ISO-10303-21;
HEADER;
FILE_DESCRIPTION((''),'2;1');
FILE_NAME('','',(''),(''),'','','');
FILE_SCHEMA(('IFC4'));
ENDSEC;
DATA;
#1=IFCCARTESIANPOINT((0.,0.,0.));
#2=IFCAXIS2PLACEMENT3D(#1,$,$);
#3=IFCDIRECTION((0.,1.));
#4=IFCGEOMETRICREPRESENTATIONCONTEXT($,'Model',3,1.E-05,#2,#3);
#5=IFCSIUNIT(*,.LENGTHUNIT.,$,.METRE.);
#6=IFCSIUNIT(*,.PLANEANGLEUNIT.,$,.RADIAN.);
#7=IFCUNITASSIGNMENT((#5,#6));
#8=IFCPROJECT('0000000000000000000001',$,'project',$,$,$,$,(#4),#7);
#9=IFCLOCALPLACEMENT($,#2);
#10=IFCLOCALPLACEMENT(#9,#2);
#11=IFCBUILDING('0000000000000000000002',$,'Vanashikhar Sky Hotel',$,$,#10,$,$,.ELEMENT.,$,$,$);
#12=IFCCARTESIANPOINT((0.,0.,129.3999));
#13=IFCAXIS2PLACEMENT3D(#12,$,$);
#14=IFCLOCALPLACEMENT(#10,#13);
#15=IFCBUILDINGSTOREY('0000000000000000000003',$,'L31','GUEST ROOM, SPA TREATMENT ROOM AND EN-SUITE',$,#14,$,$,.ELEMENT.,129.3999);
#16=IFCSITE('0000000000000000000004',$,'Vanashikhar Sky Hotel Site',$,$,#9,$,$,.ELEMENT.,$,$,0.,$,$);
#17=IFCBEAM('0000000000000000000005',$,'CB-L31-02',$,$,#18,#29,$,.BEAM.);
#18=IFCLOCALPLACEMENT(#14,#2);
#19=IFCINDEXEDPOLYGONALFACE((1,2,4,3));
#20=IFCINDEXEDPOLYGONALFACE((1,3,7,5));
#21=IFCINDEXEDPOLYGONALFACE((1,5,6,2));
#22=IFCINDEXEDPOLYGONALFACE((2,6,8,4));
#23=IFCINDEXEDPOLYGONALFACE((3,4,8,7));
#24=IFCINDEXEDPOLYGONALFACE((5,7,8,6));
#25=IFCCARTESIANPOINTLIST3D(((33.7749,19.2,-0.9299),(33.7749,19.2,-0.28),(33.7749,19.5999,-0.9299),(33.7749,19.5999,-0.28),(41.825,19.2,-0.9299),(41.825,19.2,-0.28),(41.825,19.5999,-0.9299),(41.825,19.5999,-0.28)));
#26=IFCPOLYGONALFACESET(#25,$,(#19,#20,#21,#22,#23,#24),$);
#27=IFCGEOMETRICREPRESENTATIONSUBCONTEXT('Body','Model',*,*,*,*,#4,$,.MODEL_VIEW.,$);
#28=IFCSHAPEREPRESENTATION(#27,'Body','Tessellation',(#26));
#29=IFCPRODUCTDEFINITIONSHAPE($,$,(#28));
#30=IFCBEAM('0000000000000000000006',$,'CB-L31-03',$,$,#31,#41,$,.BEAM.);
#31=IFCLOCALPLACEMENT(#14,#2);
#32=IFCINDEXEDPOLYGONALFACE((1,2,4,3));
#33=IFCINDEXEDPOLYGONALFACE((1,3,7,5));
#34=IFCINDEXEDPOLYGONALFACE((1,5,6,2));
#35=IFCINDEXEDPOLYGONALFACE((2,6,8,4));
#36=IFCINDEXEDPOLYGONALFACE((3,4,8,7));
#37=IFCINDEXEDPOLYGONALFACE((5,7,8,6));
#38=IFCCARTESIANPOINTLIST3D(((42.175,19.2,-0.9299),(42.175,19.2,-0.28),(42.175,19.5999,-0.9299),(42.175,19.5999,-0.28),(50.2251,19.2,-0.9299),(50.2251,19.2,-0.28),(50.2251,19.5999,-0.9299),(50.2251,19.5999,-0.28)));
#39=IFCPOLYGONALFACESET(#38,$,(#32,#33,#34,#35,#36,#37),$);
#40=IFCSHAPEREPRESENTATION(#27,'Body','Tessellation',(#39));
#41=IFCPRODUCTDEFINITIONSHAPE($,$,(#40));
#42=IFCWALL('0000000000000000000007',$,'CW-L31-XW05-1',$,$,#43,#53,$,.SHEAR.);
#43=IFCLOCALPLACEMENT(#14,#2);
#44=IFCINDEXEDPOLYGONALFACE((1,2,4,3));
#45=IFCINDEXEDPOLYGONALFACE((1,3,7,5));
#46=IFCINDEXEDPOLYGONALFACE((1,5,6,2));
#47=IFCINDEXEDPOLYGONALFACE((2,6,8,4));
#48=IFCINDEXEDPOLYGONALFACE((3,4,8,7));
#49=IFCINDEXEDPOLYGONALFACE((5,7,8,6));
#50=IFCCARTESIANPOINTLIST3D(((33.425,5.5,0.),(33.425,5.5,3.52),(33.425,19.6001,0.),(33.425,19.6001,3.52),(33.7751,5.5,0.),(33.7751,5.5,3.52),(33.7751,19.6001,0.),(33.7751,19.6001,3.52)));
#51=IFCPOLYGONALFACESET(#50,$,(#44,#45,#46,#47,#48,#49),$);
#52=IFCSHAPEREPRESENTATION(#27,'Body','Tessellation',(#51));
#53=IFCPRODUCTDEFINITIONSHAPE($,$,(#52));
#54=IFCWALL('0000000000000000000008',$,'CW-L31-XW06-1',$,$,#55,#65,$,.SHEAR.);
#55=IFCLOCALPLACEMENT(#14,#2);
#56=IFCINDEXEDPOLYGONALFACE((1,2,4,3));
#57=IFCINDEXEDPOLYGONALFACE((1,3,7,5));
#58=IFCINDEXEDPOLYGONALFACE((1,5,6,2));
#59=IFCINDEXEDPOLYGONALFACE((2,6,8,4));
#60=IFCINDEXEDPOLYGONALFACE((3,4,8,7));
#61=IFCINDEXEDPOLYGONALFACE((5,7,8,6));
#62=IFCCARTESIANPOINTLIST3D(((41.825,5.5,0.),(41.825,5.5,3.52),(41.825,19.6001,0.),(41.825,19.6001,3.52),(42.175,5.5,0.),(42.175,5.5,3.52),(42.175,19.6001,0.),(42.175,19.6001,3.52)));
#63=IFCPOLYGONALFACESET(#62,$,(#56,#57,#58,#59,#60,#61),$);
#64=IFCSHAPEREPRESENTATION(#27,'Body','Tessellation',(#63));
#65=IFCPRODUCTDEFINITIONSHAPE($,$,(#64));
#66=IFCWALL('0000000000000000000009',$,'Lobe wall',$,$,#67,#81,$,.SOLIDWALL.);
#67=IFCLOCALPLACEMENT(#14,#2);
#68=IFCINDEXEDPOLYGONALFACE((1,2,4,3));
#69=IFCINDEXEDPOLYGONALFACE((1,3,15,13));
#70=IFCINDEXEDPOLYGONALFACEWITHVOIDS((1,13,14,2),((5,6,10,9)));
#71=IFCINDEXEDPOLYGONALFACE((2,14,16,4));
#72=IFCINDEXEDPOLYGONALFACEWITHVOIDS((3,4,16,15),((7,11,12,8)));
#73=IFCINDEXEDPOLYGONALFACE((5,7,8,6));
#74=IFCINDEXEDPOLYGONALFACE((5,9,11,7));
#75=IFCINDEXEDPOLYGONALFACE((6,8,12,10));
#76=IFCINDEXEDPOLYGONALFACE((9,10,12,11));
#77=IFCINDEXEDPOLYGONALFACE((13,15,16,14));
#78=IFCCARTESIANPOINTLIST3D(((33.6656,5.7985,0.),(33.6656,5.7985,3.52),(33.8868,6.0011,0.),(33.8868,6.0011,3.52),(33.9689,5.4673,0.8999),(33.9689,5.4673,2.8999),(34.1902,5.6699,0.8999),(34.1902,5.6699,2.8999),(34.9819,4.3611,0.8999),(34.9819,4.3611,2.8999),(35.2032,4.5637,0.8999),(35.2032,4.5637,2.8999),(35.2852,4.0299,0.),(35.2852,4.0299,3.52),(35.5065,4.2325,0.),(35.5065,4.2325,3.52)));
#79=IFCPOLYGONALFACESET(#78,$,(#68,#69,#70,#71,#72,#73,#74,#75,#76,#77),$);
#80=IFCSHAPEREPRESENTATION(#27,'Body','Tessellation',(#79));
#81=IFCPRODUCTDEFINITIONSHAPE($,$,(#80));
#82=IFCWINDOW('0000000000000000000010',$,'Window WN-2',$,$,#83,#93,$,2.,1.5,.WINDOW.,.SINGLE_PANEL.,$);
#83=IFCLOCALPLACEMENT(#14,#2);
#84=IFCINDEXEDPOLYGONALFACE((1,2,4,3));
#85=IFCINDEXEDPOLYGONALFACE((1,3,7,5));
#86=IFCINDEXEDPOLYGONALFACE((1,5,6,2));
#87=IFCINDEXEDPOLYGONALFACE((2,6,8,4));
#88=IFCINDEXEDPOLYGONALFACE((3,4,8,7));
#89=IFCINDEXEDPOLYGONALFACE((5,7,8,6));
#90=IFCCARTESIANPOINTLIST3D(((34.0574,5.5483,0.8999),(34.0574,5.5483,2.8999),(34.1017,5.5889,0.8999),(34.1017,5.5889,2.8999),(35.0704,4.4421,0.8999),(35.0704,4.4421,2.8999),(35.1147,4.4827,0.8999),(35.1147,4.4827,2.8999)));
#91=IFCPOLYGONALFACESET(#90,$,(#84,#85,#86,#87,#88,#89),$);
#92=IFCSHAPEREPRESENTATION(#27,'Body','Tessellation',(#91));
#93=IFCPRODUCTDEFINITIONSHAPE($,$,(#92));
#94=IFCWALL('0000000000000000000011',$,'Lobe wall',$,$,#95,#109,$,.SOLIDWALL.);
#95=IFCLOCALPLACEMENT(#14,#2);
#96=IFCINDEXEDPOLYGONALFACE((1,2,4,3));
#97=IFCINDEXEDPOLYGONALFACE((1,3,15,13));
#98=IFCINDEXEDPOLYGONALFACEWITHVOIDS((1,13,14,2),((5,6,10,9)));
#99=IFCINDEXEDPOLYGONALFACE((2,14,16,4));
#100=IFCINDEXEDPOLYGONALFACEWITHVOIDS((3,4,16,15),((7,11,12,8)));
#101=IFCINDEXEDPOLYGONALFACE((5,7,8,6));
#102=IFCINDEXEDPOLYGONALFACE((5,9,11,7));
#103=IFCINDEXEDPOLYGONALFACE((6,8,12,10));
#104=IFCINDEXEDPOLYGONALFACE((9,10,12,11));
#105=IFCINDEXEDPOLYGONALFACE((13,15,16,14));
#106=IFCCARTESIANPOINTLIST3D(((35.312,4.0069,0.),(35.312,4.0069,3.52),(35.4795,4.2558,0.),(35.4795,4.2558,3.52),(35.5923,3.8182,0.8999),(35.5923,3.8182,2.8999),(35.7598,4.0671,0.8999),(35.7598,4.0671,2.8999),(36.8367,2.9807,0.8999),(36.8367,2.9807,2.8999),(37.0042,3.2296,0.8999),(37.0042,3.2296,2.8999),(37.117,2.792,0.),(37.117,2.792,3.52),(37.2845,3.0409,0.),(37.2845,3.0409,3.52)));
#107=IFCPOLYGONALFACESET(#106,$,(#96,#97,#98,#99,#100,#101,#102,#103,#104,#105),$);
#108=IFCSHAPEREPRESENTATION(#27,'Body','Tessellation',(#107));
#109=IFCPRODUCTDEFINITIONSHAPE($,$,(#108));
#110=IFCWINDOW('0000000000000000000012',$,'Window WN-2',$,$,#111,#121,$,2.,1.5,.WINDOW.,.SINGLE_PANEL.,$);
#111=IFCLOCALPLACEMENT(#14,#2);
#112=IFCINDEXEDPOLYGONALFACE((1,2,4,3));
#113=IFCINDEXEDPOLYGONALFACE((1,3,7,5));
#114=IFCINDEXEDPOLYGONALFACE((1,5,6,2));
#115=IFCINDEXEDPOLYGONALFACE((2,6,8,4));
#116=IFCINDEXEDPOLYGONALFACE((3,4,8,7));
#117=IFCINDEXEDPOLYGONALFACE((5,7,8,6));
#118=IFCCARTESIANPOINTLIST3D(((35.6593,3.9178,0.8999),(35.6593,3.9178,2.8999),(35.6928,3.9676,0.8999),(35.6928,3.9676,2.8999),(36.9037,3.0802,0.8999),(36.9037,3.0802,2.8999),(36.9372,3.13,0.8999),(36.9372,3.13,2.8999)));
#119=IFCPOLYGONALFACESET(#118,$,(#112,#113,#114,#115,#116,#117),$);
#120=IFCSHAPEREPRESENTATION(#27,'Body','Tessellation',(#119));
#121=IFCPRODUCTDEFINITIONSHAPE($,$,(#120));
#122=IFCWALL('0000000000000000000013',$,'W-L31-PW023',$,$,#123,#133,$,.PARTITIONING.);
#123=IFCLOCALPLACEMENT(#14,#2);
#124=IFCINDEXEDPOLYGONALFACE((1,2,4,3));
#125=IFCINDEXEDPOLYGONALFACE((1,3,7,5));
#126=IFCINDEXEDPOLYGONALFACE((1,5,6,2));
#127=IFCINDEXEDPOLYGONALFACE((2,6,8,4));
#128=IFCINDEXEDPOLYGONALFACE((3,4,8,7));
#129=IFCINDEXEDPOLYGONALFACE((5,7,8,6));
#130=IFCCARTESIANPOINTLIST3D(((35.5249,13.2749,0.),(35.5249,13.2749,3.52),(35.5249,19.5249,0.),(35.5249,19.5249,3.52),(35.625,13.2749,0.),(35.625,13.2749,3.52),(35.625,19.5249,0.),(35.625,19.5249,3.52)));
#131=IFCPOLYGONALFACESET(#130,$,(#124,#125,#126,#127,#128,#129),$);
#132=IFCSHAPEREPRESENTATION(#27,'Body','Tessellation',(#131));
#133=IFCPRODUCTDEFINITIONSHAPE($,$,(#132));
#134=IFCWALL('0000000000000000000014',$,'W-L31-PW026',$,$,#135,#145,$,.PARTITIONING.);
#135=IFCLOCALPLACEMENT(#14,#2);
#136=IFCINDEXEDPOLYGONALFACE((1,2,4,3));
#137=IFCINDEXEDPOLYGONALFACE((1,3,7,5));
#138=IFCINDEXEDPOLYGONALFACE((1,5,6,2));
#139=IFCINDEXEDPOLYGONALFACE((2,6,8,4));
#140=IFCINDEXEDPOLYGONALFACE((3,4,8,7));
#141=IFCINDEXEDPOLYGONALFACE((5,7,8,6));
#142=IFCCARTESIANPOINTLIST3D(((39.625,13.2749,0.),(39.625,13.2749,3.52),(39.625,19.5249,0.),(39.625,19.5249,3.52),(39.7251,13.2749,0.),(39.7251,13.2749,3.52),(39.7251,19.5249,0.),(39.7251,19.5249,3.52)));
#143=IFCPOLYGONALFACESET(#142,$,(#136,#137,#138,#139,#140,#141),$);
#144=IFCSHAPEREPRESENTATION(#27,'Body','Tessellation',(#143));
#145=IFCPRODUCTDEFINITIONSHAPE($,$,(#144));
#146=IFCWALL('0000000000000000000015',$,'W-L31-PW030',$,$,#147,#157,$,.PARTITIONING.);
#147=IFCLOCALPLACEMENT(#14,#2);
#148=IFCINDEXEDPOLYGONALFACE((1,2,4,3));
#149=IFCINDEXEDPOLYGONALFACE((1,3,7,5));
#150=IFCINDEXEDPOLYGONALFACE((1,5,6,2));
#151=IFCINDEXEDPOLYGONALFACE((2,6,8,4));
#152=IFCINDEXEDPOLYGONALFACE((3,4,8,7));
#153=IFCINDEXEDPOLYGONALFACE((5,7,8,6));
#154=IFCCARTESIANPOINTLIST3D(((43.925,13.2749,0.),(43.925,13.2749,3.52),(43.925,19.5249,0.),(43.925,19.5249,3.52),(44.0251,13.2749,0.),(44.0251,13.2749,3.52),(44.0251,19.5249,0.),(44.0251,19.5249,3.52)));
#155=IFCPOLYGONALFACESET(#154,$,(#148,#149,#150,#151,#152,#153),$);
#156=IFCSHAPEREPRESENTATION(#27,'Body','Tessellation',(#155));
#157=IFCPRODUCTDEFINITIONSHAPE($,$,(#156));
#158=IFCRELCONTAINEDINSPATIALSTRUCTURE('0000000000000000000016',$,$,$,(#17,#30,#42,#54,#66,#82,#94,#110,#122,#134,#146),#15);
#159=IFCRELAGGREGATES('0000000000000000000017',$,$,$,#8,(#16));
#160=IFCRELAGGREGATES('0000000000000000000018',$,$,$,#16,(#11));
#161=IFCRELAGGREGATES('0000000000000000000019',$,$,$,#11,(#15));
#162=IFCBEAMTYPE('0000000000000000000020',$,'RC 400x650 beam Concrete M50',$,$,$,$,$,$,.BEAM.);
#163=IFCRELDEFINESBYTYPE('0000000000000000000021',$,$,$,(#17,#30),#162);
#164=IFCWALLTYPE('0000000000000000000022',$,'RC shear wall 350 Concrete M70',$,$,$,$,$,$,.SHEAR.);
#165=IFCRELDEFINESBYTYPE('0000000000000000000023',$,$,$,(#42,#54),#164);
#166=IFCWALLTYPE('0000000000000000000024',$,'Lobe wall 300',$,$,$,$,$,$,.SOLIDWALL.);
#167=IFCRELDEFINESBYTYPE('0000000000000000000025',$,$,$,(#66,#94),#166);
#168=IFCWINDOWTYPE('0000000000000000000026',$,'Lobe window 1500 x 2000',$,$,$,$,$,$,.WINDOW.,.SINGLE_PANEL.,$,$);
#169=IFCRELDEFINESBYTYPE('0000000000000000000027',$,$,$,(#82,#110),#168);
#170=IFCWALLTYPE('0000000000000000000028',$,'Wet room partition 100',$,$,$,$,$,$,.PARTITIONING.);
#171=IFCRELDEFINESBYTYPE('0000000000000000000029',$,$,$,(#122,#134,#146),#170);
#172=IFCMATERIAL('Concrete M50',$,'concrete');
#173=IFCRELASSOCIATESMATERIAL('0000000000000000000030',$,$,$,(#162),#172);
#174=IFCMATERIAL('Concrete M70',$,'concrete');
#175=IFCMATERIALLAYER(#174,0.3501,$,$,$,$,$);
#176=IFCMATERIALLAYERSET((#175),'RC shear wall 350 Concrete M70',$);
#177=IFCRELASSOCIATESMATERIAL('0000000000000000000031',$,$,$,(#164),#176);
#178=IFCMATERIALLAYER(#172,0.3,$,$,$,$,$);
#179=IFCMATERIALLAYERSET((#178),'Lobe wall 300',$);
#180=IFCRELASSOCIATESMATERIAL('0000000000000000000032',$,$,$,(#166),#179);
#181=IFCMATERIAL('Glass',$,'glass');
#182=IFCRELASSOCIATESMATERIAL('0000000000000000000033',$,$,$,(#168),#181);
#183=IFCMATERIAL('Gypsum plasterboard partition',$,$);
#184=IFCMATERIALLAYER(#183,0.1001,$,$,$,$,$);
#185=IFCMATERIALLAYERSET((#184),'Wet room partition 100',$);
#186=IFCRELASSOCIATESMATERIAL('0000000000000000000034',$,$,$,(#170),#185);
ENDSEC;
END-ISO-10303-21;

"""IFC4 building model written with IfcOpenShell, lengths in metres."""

from ifc_helpers import new_model, si_unit, direction, frame, frame_2d, origin, origin_2d, place, context, subcontext, project, spatial, rectangle, extrude, source, transform, mapped, material, layer, layer_set, material_profile, profile_set, type_object, element, fill, save


model = new_model("IFC4")

# Units and contexts
model_context = context("Model", 3, precision=1e-05, world=origin(), true_north=direction((0.0, 1.0)))
body_context = subcontext(model_context, "Body", "Model", "MODEL_VIEW")
ifc_project = project(units=[si_unit("LENGTHUNIT", "METRE"), si_unit("PLANEANGLEUNIT", "RADIAN")], contexts=[model_context])

# Site, building, storey
site_placement = place(None, origin())
site = spatial("IfcSite", under=ifc_project, at=site_placement, Name="Vanashikhar Sky Hotel Site", CompositionType="ELEMENT", RefElevation=0.0)
building_placement = place(site_placement, origin())
building = spatial("IfcBuilding", under=site, at=building_placement, Name="Vanashikhar Sky Hotel", CompositionType="ELEMENT")
storey_placement = place(building_placement, frame((0.0, 0.0, 129.3999)))
storey = spatial("IfcBuildingStorey", under=building, at=storey_placement, Name="L31", Description="GUEST ROOM, SPA TREATMENT ROOM AND EN-SUITE", CompositionType="ELEMENT", Elevation=129.3999)

# Beams
ifc_material_1 = material(Name="Concrete M50", Category="concrete")
ifc_material_profile = material_profile(ifc_material_1, rectangle(XDim=0.3999, YDim=0.6499, at=origin_2d()))
ifc_profile_set = profile_set([ifc_material_profile], Name="RC 400x650 beam Concrete M50")
beam_type = type_object("IfcBeamType", Name="RC 400x650 beam Concrete M50", PredefinedType="BEAM", material=ifc_profile_set)
shared_shape_1 = source(origin(), body_context, "Body", "SweptSolid", [
    extrude(rectangle(XDim=0.3999, YDim=0.6499, at=origin_2d()), origin(), (0.0, 0.0, 1.0), 8.05),
])
for number, where, z_axis, x_axis, name in (
    (1, (33.7749, 19.3999, -0.605), (1.0, 0.0, 0.0), (0.0, 1.0, 0.0), "CB-L31-02"),
    (2, (42.175, 19.3999, -0.605), (1.0, 0.0, 0.0), (0.0, 1.0, 0.0), "CB-L31-03"),
):
    element("IfcBeam", number, at=place(storey_placement, frame(where, z_axis=z_axis, x_axis=x_axis)), inside=storey, type_object=beam_type, Name=name, PredefinedType="BEAM", context=body_context, shape_type="MappedRepresentation", body=[
        mapped(shared_shape_1, transform((0.0, 0.0, 0.0), scale=1.0)),
    ])

# Walls
ifc_material_2 = material(Name="Concrete M70", Category="concrete")
ifc_layer_1 = layer(ifc_material_2, 0.3501)
ifc_layer_set_1 = layer_set([ifc_layer_1], Name="RC shear wall 350 Concrete M70")
wall_type_1 = type_object("IfcWallType", Name="RC shear wall 350 Concrete M70", PredefinedType="SHEAR", material=ifc_layer_set_1)
shared_shape_2 = source(origin(), body_context, "Body", "SweptSolid", [
    extrude(rectangle(XDim=14.1001, YDim=0.3501, at=frame_2d((7.05, 0.0))), origin(), (0.0, 0.0, 1.0), 3.52),
])
for number, where, z_axis, x_axis, name in (
    (3, (33.6001, 5.5, 0.0), (0.0, 0.0, 1.0), (0.0, 1.0, 0.0), "CW-L31-XW05-1"),
    (4, (42.0, 5.5, 0.0), (0.0, 0.0, 1.0), (0.0, 1.0, 0.0), "CW-L31-XW06-1"),
):
    element("IfcWall", number, at=place(storey_placement, frame(where, z_axis=z_axis, x_axis=x_axis)), inside=storey, type_object=wall_type_1, Name=name, PredefinedType="SHEAR", context=body_context, shape_type="MappedRepresentation", body=[
        mapped(shared_shape_2, transform((0.0, 0.0, 0.0), scale=1.0)),
    ])

# Walls, openings, windows
ifc_layer_2 = layer(ifc_material_1, 0.3)
ifc_layer_set_2 = layer_set([ifc_layer_2], Name="Lobe wall 300")
wall_type_2 = type_object("IfcWallType", Name="Lobe wall 300", PredefinedType="SOLIDWALL", material=ifc_layer_set_2)
shared_shape_3 = source(origin(), body_context, "Body", "SweptSolid", [
    extrude(rectangle(XDim=2.3982, YDim=0.3, at=frame_2d((1.1992, 0.0))), origin(), (0.0, 0.0, 1.0), 3.52),
])
wall_1_placement = place(storey_placement, frame((33.7761, 5.8999, 0.0), z_axis=(0.0, 0.0, 1.0), x_axis=(0.675374, -0.737475, 0.0)))
wall_1 = element("IfcWall", 5, at=wall_1_placement, inside=storey, type_object=wall_type_2, Name="Lobe wall", PredefinedType="SOLIDWALL", context=body_context, shape_type="MappedRepresentation", body=[
    mapped(shared_shape_3, transform((0.0, 0.0, 0.0), scale=1.0)),
])
shared_shape_4 = source(origin(), body_context, "Body", "SweptSolid", [
    extrude(rectangle(XDim=1.5, YDim=2.0, at=frame_2d((0.75, 1.0))), frame((0.0, 0.1602, 0.0), z_axis=(0.0, -1.0, 0.0), x_axis=(1.0, 0.0, 0.0)), (0.0, 0.0, 1.0), 0.3201),
])
opening_1_placement = place(wall_1_placement, frame((0.4492, 0.0, 0.8999)))
opening_1 = element("IfcOpeningElement", 6, at=opening_1_placement, cuts=wall_1, PredefinedType="OPENING", context=body_context, shape_type="MappedRepresentation", body=[
    mapped(shared_shape_4, transform((0.0, 0.0, 0.0), scale=1.0)),
])
ifc_material_3 = material(Name="Glass", Category="glass")
window_type = type_object("IfcWindowType", Name="Lobe window 1500 x 2000", PartitioningType="SINGLE_PANEL", PredefinedType="WINDOW", material=ifc_material_3)
shared_shape_5 = source(origin(), body_context, "Body", "SweptSolid", [
    extrude(rectangle(XDim=1.5, YDim=2.0, at=frame_2d((0.75, 1.0))), frame((0.0, 0.03, 0.0), z_axis=(0.0, -1.0, 0.0), x_axis=(1.0, 0.0, 0.0)), (0.0, 0.0, 1.0), 0.0601),
])
window_1_placement = place(opening_1_placement, origin())
window_1 = element("IfcWindow", 7, at=window_1_placement, inside=storey, type_object=window_type, Name="Window WN-2", OverallHeight=2.0, OverallWidth=1.5, PartitioningType="SINGLE_PANEL", PredefinedType="WINDOW", context=body_context, shape_type="MappedRepresentation", body=[
    mapped(shared_shape_5, transform((0.0, 0.0, 0.0), scale=1.0)),
])
fill(opening_1, window_1)
shared_shape_6 = source(origin(), body_context, "Body", "SweptSolid", [
    extrude(rectangle(XDim=2.1758, YDim=0.3, at=frame_2d((1.0879, 0.0))), origin(), (0.0, 0.0, 1.0), 3.52),
])
wall_2_placement = place(storey_placement, frame((35.3958, 4.1313, 0.0), z_axis=(0.0, 0.0, 1.0), x_axis=(0.829591, -0.558372, 0.0)))
wall_2 = element("IfcWall", 8, at=wall_2_placement, inside=storey, type_object=wall_type_2, Name="Lobe wall", PredefinedType="SOLIDWALL", context=body_context, shape_type="MappedRepresentation", body=[
    mapped(shared_shape_6, transform((0.0, 0.0, 0.0), scale=1.0)),
])
opening_2_placement = place(wall_2_placement, frame((0.3379, 0.0, 0.8999)))
opening_2 = element("IfcOpeningElement", 9, at=opening_2_placement, cuts=wall_2, PredefinedType="OPENING", context=body_context, shape_type="MappedRepresentation", body=[
    mapped(shared_shape_4, transform((0.0, 0.0, 0.0), scale=1.0)),
])
window_2_placement = place(opening_2_placement, origin())
window_2 = element("IfcWindow", 10, at=window_2_placement, inside=storey, type_object=window_type, Name="Window WN-2", OverallHeight=2.0, OverallWidth=1.5, PartitioningType="SINGLE_PANEL", PredefinedType="WINDOW", context=body_context, shape_type="MappedRepresentation", body=[
    mapped(shared_shape_5, transform((0.0, 0.0, 0.0), scale=1.0)),
])
fill(opening_2, window_2)

# Walls
ifc_material_4 = material(Name="Gypsum plasterboard partition")
ifc_layer_3 = layer(ifc_material_4, 0.1001)
ifc_layer_set_3 = layer_set([ifc_layer_3], Name="Wet room partition 100")
wall_type_3 = type_object("IfcWallType", Name="Wet room partition 100", PredefinedType="PARTITIONING", material=ifc_layer_set_3)
shared_shape_7 = source(origin(), body_context, "Body", "SweptSolid", [
    extrude(rectangle(XDim=6.25, YDim=0.1001, at=frame_2d((3.125, 0.0))), origin(), (0.0, 0.0, 1.0), 3.52),
])
for number, where, z_axis, x_axis, name in (
    (11, (35.575, 13.2749, 0.0), (0.0, 0.0, 1.0), (0.0, 1.0, 0.0), "W-L31-PW023"),
    (12, (39.675, 13.2749, 0.0), (0.0, 0.0, 1.0), (0.0, 1.0, 0.0), "W-L31-PW026"),
    (13, (43.9751, 13.2749, 0.0), (0.0, 0.0, 1.0), (0.0, 1.0, 0.0), "W-L31-PW030"),
):
    element("IfcWall", number, at=place(storey_placement, frame(where, z_axis=z_axis, x_axis=x_axis)), inside=storey, type_object=wall_type_3, Name=name, PredefinedType="PARTITIONING", context=body_context, shape_type="MappedRepresentation", body=[
        mapped(shared_shape_7, transform((0.0, 0.0, 0.0), scale=1.0)),
    ])

save(model, "model.ifc")
